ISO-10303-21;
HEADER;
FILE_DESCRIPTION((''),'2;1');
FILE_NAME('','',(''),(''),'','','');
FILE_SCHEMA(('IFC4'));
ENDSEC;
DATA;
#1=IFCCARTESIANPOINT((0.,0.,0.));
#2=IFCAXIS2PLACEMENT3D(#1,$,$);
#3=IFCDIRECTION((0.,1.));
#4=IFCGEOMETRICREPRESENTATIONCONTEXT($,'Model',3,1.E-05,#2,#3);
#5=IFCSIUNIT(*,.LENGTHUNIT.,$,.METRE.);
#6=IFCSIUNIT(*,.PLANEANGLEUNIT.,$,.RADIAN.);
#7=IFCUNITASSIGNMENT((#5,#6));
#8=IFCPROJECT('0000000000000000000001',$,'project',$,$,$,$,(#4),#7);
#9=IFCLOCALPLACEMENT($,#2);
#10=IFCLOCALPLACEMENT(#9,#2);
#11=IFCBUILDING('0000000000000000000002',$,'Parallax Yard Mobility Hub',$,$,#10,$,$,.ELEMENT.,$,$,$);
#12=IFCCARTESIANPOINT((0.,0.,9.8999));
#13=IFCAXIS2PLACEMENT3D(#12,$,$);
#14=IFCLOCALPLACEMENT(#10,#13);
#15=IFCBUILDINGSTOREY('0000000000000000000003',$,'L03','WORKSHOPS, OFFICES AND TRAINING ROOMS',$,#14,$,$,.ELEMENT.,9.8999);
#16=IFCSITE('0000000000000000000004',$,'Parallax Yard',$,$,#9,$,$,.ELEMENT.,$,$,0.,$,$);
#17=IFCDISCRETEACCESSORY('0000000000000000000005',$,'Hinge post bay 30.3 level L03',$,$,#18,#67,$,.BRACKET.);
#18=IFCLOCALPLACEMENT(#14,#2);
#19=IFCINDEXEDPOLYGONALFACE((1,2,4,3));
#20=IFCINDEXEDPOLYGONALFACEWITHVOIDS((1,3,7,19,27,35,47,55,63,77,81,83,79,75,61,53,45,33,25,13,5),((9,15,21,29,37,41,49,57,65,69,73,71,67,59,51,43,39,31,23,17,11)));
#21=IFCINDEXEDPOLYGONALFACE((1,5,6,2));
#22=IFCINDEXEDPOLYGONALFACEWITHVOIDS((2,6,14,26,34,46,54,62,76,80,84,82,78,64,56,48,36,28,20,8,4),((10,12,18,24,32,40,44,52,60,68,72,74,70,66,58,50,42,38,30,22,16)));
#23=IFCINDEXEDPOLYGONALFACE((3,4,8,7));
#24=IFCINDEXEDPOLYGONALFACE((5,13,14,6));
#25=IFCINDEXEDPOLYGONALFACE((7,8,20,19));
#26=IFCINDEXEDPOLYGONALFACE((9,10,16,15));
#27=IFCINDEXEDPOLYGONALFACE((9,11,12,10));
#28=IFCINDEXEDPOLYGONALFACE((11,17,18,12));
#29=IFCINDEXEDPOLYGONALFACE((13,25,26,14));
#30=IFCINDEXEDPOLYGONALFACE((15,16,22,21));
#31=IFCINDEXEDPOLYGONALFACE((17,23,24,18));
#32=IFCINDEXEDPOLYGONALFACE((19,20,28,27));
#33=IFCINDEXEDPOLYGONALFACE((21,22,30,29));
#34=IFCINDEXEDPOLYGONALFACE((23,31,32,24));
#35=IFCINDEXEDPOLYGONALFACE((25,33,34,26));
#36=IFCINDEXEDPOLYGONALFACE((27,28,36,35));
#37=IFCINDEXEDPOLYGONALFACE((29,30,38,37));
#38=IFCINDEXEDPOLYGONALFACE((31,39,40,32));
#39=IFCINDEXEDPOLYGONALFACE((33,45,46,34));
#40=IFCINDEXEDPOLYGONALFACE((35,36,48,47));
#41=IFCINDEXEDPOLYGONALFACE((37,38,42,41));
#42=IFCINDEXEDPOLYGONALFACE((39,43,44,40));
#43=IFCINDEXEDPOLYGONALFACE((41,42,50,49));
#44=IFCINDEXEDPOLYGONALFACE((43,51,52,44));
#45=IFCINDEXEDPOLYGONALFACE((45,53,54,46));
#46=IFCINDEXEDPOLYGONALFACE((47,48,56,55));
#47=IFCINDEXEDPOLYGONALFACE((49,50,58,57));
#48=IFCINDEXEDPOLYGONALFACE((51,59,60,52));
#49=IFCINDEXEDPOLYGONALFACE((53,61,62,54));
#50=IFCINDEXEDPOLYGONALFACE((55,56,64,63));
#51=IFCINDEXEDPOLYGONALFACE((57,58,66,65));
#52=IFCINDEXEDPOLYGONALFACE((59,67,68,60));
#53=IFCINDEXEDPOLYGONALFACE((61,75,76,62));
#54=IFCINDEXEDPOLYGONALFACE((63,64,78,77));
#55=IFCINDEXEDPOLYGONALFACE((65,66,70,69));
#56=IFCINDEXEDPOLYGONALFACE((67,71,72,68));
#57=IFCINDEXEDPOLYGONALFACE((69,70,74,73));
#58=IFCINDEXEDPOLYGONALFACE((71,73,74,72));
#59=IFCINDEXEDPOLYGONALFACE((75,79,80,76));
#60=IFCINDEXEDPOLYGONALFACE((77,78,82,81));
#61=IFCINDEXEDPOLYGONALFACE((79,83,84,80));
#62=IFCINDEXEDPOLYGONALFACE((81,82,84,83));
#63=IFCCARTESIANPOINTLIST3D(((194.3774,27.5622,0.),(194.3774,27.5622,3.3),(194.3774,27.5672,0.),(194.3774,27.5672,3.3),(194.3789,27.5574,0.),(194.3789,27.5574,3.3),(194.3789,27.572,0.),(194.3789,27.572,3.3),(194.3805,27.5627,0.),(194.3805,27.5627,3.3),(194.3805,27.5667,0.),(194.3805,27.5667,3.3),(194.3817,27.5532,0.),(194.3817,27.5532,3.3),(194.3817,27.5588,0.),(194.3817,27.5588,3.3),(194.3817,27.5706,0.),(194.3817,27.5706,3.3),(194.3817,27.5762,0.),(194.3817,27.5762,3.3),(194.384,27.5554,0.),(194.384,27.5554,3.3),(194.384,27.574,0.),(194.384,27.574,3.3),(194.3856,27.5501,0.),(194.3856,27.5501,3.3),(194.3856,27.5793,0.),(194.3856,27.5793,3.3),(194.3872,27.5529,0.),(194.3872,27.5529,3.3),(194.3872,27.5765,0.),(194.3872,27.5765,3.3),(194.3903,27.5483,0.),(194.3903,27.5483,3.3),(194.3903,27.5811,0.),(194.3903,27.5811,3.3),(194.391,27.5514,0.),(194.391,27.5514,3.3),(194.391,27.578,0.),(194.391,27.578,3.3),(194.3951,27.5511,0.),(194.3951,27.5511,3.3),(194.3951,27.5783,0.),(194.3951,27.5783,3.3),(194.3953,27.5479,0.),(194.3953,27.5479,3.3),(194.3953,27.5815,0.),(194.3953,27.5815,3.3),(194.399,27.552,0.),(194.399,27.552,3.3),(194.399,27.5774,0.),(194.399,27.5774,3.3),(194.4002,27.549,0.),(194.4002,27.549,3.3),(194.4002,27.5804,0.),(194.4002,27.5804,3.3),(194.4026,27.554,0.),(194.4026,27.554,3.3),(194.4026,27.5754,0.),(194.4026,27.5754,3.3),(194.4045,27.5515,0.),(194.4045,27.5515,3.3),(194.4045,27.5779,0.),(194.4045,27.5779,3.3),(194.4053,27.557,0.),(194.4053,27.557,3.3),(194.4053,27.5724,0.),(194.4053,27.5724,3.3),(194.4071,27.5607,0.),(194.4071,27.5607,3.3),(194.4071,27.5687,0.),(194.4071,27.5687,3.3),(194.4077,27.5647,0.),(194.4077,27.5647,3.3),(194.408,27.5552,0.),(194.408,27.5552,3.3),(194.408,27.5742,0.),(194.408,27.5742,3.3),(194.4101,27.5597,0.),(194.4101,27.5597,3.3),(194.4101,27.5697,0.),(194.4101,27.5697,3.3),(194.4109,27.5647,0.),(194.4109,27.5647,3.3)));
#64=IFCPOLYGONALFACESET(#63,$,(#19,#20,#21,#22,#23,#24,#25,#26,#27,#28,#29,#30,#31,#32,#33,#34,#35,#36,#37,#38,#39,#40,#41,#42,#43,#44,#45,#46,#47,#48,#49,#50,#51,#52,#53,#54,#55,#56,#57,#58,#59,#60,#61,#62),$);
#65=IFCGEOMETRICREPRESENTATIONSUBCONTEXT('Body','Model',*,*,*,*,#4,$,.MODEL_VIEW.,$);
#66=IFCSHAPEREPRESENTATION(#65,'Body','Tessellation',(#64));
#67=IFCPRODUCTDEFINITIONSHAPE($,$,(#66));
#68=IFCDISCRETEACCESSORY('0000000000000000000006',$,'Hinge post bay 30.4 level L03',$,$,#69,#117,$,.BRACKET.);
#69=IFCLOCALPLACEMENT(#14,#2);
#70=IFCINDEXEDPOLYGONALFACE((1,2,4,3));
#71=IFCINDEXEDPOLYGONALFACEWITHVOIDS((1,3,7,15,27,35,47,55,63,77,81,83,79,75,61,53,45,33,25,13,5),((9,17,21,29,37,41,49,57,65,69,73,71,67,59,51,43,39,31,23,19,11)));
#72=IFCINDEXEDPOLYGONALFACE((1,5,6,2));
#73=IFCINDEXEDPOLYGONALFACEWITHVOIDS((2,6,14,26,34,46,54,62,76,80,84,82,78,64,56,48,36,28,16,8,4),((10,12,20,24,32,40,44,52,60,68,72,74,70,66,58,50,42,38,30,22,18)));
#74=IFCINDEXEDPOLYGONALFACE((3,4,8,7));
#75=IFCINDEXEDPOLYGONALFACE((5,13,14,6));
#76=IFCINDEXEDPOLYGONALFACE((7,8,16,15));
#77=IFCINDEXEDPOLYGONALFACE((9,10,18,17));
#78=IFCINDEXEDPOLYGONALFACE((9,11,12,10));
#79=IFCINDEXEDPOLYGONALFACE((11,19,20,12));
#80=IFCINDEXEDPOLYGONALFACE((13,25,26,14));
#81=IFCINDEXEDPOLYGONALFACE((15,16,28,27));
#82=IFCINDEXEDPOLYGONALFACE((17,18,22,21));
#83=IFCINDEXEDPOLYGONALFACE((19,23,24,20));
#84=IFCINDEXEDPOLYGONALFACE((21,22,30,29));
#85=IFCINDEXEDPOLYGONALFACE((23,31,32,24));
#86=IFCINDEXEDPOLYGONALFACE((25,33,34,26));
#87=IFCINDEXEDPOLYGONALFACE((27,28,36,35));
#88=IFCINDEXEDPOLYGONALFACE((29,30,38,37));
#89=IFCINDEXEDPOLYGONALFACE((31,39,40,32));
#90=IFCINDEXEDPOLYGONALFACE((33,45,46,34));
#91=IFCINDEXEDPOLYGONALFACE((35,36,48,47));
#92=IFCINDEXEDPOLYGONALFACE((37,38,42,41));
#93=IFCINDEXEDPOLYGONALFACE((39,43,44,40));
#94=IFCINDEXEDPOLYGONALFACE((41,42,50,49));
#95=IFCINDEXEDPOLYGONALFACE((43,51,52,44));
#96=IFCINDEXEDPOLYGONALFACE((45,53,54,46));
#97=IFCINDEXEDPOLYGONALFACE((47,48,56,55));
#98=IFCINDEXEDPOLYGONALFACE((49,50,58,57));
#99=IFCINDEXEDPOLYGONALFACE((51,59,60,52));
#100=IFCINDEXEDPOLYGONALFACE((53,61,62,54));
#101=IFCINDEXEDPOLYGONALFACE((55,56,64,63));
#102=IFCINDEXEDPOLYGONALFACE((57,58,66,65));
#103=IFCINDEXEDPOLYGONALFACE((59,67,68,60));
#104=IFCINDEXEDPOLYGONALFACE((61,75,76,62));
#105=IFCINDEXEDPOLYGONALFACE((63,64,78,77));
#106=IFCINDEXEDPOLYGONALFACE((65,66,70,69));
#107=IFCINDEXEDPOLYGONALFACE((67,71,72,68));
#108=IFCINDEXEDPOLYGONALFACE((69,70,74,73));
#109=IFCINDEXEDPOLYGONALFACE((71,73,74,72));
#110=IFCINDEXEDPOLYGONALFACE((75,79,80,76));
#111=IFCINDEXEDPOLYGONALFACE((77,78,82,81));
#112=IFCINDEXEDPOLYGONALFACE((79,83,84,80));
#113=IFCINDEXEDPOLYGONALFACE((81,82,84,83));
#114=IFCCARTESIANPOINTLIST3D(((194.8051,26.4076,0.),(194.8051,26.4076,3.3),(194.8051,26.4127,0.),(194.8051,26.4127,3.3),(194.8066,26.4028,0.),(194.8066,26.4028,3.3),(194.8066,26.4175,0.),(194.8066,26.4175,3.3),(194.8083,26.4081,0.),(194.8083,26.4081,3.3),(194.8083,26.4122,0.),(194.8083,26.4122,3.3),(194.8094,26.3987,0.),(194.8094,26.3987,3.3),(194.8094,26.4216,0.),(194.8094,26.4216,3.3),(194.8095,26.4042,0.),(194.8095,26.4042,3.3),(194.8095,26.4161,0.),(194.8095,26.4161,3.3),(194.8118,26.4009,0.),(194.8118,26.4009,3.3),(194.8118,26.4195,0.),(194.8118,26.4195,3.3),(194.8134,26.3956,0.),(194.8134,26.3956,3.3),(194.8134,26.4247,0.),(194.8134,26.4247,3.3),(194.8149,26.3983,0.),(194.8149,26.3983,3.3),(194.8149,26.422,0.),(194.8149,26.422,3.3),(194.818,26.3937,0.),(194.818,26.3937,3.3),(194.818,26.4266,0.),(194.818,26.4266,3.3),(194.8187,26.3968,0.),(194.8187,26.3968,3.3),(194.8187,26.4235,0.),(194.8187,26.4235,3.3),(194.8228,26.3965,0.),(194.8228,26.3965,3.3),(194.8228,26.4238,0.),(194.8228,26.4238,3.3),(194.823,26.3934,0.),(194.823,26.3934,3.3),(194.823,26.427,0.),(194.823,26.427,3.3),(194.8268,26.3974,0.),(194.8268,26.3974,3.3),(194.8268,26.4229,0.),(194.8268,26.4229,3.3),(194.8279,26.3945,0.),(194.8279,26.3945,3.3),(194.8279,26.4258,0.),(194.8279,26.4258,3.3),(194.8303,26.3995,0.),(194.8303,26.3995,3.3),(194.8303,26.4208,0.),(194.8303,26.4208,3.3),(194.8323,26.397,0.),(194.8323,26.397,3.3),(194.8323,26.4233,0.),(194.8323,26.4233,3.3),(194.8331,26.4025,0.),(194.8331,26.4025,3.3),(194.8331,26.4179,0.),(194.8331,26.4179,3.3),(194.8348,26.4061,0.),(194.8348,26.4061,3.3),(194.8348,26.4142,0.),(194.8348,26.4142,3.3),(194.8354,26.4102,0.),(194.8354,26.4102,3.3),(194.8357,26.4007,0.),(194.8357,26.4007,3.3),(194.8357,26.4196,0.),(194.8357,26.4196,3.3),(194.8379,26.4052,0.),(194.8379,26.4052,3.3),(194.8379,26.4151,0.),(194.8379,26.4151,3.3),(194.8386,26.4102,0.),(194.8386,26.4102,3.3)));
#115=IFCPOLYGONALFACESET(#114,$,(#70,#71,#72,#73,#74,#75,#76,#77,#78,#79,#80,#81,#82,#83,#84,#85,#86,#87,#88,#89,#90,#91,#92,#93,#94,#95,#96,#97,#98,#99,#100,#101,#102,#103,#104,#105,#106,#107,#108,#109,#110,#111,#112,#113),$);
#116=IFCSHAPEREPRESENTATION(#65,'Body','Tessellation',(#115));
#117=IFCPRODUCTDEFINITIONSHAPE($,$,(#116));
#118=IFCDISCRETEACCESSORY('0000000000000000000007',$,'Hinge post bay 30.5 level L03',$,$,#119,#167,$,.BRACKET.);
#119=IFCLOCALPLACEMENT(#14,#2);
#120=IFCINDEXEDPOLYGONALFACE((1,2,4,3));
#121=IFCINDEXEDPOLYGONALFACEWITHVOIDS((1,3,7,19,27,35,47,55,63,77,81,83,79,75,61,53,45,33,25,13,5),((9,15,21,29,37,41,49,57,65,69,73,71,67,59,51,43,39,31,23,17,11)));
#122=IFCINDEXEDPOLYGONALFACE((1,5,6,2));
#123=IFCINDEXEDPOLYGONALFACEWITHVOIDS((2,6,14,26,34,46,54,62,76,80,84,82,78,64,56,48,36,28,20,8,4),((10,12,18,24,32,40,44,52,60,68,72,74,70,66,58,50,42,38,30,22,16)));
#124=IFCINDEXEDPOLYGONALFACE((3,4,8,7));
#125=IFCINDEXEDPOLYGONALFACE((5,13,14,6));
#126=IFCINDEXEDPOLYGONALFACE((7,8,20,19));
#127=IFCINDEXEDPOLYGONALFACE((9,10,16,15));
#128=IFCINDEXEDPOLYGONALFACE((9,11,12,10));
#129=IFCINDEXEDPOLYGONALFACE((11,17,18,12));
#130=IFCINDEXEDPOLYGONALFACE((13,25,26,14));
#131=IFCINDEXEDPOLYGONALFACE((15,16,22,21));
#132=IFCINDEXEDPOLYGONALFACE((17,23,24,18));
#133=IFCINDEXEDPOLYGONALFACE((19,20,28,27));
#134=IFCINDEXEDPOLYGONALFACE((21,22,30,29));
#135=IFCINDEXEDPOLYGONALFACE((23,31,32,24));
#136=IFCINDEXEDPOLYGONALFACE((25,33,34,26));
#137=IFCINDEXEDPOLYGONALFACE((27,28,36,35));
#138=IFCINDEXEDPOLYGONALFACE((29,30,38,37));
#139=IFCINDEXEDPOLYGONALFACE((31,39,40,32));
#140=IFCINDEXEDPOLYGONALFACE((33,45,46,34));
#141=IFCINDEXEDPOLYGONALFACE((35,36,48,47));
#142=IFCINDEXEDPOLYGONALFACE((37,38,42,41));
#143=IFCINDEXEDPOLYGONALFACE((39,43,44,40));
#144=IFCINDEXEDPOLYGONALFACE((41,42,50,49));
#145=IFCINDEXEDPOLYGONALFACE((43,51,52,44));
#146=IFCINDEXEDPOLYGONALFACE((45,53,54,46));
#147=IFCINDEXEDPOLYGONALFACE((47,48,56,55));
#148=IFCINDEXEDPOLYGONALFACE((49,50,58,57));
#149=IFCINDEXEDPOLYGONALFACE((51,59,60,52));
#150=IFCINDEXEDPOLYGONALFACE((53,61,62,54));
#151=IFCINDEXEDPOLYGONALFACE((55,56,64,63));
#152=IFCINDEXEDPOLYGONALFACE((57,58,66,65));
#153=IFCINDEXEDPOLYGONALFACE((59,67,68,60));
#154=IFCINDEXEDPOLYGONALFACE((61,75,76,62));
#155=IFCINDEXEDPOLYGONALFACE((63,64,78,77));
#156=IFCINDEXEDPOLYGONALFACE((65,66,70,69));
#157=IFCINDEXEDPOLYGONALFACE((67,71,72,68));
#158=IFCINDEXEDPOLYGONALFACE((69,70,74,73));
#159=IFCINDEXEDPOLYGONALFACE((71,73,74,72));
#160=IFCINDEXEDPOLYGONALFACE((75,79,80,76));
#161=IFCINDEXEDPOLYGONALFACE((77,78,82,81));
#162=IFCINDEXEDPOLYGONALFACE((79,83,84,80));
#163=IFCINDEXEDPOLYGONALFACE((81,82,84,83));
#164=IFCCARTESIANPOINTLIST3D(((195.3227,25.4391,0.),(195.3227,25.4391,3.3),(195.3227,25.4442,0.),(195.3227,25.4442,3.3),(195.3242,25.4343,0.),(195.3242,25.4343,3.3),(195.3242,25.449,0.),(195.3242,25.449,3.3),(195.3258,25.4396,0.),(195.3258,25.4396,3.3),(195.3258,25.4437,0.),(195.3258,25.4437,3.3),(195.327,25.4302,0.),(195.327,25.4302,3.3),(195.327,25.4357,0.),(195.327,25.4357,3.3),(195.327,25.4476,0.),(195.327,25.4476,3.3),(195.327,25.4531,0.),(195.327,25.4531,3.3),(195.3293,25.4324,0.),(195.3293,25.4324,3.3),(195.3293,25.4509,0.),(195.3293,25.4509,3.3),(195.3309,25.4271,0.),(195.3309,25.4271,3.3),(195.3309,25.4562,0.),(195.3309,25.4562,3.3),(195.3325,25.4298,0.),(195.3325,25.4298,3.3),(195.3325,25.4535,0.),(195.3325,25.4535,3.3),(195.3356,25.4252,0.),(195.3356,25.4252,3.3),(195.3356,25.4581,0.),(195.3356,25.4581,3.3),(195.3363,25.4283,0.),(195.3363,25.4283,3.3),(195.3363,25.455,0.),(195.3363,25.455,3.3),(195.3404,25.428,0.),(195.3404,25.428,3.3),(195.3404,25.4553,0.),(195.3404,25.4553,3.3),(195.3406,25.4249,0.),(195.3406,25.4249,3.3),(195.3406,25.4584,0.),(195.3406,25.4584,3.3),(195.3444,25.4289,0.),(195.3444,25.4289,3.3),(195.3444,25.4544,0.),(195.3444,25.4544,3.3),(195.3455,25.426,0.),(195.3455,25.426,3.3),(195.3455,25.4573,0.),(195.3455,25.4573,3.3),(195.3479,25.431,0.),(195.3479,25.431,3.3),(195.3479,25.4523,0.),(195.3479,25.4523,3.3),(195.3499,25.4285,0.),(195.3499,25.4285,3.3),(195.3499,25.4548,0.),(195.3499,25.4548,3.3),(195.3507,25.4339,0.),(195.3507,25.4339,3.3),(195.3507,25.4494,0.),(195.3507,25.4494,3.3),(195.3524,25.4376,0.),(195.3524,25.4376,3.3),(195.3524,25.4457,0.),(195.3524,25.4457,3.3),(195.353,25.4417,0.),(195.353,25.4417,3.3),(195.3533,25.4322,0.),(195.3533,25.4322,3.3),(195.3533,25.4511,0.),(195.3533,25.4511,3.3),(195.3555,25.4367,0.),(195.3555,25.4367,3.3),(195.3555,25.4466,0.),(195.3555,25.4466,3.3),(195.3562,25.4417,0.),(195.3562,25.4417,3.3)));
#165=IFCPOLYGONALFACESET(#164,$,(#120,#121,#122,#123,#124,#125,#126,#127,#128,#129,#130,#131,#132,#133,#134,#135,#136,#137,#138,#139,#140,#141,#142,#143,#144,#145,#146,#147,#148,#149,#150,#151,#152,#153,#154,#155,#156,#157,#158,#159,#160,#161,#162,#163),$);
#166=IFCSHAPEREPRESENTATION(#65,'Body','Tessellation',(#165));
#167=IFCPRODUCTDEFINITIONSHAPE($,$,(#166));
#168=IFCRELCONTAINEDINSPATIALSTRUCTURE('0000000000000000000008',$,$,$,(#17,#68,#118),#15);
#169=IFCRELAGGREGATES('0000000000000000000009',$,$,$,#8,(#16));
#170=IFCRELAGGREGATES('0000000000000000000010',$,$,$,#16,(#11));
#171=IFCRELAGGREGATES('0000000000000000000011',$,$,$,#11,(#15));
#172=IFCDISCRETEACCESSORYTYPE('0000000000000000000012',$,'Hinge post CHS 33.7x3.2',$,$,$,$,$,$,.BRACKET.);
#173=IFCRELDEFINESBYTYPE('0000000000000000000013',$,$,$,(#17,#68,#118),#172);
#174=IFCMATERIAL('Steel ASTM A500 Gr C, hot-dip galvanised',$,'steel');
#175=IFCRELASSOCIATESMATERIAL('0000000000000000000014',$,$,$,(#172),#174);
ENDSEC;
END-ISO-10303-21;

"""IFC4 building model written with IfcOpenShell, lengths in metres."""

from ifc_helpers import new_model, si_unit, direction, frame, origin, origin_2d, place, context, subcontext, project, spatial, hollow_circle, extrude, material, material_profile, profile_set, type_object, element, save


model = new_model("IFC4")

# Units and contexts
model_context = context("Model", 3, precision=1e-05, world=origin(), true_north=direction((0.0, 1.0)))
body_context = subcontext(model_context, "Body", "Model", "MODEL_VIEW")
ifc_project = project(units=[si_unit("LENGTHUNIT", "METRE"), si_unit("PLANEANGLEUNIT", "RADIAN")], contexts=[model_context])

# Site, building, storey
site_placement = place(None, origin())
site = spatial("IfcSite", under=ifc_project, at=site_placement, Name="Parallax Yard", CompositionType="ELEMENT", RefElevation=0.0)
building_placement = place(site_placement, origin())
building = spatial("IfcBuilding", under=site, at=building_placement, Name="Parallax Yard Mobility Hub", CompositionType="ELEMENT")
storey_placement = place(building_placement, frame((0.0, 0.0, 9.8999)))
storey = spatial("IfcBuildingStorey", under=building, at=storey_placement, Name="L03", Description="WORKSHOPS, OFFICES AND TRAINING ROOMS", CompositionType="ELEMENT", Elevation=9.8999)

# Discrete accessories
ifc_material_1 = material(Name="Steel ASTM A500 Gr C, hot-dip galvanised", Category="steel")
ifc_material_profile_1 = material_profile(ifc_material_1, hollow_circle(Radius=0.0168, WallThickness=0.0032, at=origin_2d()), Name="CHS 33.7x3.2")
ifc_profile_set_1 = profile_set([ifc_material_profile_1], Name="Steel ASTM A500 Gr C, hot-dip galvanised")
discrete_accessory_type_1 = type_object("IfcDiscreteAccessoryType", Name="Hinge post CHS 33.7x3.2", PredefinedType="BRACKET", material=ifc_profile_set_1)
for number, where, z_axis, x_axis, name in (
    (1, (194.394, 27.5647, 0.0), (0.0, 0.0, 1.0), (1.0, 0.0, 0.0), "Hinge post bay 30.3 level L03"),
    (2, (194.8218, 26.4102, 0.0), (0.0, 0.0, 1.0), (1.0, 0.0, 0.0), "Hinge post bay 30.4 level L03"),
    (3, (195.3394, 25.4417, 0.0), (0.0, 0.0, 1.0), (1.0, 0.0, 0.0), "Hinge post bay 30.5 level L03"),
):
    element("IfcDiscreteAccessory", number, at=place(storey_placement, frame(where, z_axis=z_axis, x_axis=x_axis)), inside=storey, type_object=discrete_accessory_type_1, Name=name, PredefinedType="BRACKET", context=body_context, shape_type="SweptSolid", body=[
        extrude(hollow_circle(Radius=0.0168, WallThickness=0.0032, at=origin_2d()), origin(), (0.0, 0.0, 1.0), 3.3),
    ])

save(model, "model.ifc")
